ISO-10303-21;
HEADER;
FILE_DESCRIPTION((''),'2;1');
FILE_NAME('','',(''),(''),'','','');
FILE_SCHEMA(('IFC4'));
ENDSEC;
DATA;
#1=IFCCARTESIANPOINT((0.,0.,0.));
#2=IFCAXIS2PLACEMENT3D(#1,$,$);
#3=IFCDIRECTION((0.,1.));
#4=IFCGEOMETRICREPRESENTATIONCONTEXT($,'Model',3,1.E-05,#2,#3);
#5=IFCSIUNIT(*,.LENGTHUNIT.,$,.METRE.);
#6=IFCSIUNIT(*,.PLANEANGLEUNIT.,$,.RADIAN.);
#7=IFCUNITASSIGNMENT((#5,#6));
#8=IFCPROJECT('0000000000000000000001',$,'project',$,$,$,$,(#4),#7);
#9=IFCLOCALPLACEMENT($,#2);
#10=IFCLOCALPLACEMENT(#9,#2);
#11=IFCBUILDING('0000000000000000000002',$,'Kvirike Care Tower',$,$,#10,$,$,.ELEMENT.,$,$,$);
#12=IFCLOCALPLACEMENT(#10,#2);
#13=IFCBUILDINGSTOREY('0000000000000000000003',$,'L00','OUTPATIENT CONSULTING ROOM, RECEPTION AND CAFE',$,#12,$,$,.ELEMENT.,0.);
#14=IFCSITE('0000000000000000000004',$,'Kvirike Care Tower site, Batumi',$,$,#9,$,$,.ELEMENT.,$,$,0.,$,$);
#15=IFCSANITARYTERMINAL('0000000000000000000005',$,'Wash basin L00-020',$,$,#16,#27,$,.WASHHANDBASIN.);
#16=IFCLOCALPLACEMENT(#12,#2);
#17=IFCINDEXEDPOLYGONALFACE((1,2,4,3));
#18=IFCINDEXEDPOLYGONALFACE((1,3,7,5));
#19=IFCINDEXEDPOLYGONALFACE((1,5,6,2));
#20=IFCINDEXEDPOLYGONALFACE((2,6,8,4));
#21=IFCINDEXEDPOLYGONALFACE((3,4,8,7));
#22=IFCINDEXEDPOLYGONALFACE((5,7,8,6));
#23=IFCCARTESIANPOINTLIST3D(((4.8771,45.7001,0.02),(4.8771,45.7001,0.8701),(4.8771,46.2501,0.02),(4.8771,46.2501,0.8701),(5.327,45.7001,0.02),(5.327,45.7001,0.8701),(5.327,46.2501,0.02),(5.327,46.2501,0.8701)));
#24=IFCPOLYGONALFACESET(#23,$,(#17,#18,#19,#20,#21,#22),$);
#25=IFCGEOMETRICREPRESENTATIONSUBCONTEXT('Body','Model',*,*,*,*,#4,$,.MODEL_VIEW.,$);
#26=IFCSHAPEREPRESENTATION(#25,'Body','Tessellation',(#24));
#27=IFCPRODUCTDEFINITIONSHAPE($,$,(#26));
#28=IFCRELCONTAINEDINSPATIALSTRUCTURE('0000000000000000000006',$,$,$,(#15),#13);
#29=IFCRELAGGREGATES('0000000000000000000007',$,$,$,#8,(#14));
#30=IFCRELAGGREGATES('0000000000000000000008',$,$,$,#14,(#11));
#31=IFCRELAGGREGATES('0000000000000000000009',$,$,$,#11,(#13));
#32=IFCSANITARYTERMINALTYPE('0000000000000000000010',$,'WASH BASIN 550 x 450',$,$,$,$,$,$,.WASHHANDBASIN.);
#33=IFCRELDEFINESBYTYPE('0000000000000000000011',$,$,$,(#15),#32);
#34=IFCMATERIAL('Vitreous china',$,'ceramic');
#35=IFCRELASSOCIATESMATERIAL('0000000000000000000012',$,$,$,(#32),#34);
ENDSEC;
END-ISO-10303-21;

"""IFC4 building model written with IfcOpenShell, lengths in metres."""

from ifc_helpers import new_model, si_unit, direction, frame, origin, origin_2d, place, context, subcontext, project, spatial, rectangle, extrude, material, type_object, element, save


model = new_model("IFC4")

# Units and contexts
model_context = context("Model", 3, precision=1e-05, world=origin(), true_north=direction((0.0, 1.0)))
body_context = subcontext(model_context, "Body", "Model", "MODEL_VIEW")
ifc_project = project(units=[si_unit("LENGTHUNIT", "METRE"), si_unit("PLANEANGLEUNIT", "RADIAN")], contexts=[model_context])

# Site, building, storey
site_placement = place(None, origin())
site = spatial("IfcSite", under=ifc_project, at=site_placement, Name="Kvirike Care Tower site, Batumi", CompositionType="ELEMENT", RefElevation=0.0)
building_placement = place(site_placement, origin())
building = spatial("IfcBuilding", under=site, at=building_placement, Name="Kvirike Care Tower", CompositionType="ELEMENT")
storey_placement = place(building_placement, origin())
storey = spatial("IfcBuildingStorey", under=building, at=storey_placement, Name="L00", Description="OUTPATIENT CONSULTING ROOM, RECEPTION AND CAFE", CompositionType="ELEMENT", Elevation=0.0)

# Sanitary terminal
ifc_material_1 = material(Name="Vitreous china", Category="ceramic")
sanitary_terminal_type = type_object("IfcSanitaryTerminalType", Name="WASH BASIN 550 x 450", PredefinedType="WASHHANDBASIN", material=ifc_material_1)
sanitary_terminal_placement = place(storey_placement, frame((5.1021, 45.9751, 0.02), z_axis=(0.0, 0.0, 1.0), x_axis=(0.0, 1.0, 0.0)))
element("IfcSanitaryTerminal", 1, at=sanitary_terminal_placement, inside=storey, type_object=sanitary_terminal_type, Name="Wash basin L00-020", PredefinedType="WASHHANDBASIN", context=body_context, shape_type="SweptSolid", body=[
    extrude(rectangle(XDim=0.55, YDim=0.45, at=origin_2d()), origin(), (0.0, 0.0, 1.0), 0.8501),
])

save(model, "model.ifc")
